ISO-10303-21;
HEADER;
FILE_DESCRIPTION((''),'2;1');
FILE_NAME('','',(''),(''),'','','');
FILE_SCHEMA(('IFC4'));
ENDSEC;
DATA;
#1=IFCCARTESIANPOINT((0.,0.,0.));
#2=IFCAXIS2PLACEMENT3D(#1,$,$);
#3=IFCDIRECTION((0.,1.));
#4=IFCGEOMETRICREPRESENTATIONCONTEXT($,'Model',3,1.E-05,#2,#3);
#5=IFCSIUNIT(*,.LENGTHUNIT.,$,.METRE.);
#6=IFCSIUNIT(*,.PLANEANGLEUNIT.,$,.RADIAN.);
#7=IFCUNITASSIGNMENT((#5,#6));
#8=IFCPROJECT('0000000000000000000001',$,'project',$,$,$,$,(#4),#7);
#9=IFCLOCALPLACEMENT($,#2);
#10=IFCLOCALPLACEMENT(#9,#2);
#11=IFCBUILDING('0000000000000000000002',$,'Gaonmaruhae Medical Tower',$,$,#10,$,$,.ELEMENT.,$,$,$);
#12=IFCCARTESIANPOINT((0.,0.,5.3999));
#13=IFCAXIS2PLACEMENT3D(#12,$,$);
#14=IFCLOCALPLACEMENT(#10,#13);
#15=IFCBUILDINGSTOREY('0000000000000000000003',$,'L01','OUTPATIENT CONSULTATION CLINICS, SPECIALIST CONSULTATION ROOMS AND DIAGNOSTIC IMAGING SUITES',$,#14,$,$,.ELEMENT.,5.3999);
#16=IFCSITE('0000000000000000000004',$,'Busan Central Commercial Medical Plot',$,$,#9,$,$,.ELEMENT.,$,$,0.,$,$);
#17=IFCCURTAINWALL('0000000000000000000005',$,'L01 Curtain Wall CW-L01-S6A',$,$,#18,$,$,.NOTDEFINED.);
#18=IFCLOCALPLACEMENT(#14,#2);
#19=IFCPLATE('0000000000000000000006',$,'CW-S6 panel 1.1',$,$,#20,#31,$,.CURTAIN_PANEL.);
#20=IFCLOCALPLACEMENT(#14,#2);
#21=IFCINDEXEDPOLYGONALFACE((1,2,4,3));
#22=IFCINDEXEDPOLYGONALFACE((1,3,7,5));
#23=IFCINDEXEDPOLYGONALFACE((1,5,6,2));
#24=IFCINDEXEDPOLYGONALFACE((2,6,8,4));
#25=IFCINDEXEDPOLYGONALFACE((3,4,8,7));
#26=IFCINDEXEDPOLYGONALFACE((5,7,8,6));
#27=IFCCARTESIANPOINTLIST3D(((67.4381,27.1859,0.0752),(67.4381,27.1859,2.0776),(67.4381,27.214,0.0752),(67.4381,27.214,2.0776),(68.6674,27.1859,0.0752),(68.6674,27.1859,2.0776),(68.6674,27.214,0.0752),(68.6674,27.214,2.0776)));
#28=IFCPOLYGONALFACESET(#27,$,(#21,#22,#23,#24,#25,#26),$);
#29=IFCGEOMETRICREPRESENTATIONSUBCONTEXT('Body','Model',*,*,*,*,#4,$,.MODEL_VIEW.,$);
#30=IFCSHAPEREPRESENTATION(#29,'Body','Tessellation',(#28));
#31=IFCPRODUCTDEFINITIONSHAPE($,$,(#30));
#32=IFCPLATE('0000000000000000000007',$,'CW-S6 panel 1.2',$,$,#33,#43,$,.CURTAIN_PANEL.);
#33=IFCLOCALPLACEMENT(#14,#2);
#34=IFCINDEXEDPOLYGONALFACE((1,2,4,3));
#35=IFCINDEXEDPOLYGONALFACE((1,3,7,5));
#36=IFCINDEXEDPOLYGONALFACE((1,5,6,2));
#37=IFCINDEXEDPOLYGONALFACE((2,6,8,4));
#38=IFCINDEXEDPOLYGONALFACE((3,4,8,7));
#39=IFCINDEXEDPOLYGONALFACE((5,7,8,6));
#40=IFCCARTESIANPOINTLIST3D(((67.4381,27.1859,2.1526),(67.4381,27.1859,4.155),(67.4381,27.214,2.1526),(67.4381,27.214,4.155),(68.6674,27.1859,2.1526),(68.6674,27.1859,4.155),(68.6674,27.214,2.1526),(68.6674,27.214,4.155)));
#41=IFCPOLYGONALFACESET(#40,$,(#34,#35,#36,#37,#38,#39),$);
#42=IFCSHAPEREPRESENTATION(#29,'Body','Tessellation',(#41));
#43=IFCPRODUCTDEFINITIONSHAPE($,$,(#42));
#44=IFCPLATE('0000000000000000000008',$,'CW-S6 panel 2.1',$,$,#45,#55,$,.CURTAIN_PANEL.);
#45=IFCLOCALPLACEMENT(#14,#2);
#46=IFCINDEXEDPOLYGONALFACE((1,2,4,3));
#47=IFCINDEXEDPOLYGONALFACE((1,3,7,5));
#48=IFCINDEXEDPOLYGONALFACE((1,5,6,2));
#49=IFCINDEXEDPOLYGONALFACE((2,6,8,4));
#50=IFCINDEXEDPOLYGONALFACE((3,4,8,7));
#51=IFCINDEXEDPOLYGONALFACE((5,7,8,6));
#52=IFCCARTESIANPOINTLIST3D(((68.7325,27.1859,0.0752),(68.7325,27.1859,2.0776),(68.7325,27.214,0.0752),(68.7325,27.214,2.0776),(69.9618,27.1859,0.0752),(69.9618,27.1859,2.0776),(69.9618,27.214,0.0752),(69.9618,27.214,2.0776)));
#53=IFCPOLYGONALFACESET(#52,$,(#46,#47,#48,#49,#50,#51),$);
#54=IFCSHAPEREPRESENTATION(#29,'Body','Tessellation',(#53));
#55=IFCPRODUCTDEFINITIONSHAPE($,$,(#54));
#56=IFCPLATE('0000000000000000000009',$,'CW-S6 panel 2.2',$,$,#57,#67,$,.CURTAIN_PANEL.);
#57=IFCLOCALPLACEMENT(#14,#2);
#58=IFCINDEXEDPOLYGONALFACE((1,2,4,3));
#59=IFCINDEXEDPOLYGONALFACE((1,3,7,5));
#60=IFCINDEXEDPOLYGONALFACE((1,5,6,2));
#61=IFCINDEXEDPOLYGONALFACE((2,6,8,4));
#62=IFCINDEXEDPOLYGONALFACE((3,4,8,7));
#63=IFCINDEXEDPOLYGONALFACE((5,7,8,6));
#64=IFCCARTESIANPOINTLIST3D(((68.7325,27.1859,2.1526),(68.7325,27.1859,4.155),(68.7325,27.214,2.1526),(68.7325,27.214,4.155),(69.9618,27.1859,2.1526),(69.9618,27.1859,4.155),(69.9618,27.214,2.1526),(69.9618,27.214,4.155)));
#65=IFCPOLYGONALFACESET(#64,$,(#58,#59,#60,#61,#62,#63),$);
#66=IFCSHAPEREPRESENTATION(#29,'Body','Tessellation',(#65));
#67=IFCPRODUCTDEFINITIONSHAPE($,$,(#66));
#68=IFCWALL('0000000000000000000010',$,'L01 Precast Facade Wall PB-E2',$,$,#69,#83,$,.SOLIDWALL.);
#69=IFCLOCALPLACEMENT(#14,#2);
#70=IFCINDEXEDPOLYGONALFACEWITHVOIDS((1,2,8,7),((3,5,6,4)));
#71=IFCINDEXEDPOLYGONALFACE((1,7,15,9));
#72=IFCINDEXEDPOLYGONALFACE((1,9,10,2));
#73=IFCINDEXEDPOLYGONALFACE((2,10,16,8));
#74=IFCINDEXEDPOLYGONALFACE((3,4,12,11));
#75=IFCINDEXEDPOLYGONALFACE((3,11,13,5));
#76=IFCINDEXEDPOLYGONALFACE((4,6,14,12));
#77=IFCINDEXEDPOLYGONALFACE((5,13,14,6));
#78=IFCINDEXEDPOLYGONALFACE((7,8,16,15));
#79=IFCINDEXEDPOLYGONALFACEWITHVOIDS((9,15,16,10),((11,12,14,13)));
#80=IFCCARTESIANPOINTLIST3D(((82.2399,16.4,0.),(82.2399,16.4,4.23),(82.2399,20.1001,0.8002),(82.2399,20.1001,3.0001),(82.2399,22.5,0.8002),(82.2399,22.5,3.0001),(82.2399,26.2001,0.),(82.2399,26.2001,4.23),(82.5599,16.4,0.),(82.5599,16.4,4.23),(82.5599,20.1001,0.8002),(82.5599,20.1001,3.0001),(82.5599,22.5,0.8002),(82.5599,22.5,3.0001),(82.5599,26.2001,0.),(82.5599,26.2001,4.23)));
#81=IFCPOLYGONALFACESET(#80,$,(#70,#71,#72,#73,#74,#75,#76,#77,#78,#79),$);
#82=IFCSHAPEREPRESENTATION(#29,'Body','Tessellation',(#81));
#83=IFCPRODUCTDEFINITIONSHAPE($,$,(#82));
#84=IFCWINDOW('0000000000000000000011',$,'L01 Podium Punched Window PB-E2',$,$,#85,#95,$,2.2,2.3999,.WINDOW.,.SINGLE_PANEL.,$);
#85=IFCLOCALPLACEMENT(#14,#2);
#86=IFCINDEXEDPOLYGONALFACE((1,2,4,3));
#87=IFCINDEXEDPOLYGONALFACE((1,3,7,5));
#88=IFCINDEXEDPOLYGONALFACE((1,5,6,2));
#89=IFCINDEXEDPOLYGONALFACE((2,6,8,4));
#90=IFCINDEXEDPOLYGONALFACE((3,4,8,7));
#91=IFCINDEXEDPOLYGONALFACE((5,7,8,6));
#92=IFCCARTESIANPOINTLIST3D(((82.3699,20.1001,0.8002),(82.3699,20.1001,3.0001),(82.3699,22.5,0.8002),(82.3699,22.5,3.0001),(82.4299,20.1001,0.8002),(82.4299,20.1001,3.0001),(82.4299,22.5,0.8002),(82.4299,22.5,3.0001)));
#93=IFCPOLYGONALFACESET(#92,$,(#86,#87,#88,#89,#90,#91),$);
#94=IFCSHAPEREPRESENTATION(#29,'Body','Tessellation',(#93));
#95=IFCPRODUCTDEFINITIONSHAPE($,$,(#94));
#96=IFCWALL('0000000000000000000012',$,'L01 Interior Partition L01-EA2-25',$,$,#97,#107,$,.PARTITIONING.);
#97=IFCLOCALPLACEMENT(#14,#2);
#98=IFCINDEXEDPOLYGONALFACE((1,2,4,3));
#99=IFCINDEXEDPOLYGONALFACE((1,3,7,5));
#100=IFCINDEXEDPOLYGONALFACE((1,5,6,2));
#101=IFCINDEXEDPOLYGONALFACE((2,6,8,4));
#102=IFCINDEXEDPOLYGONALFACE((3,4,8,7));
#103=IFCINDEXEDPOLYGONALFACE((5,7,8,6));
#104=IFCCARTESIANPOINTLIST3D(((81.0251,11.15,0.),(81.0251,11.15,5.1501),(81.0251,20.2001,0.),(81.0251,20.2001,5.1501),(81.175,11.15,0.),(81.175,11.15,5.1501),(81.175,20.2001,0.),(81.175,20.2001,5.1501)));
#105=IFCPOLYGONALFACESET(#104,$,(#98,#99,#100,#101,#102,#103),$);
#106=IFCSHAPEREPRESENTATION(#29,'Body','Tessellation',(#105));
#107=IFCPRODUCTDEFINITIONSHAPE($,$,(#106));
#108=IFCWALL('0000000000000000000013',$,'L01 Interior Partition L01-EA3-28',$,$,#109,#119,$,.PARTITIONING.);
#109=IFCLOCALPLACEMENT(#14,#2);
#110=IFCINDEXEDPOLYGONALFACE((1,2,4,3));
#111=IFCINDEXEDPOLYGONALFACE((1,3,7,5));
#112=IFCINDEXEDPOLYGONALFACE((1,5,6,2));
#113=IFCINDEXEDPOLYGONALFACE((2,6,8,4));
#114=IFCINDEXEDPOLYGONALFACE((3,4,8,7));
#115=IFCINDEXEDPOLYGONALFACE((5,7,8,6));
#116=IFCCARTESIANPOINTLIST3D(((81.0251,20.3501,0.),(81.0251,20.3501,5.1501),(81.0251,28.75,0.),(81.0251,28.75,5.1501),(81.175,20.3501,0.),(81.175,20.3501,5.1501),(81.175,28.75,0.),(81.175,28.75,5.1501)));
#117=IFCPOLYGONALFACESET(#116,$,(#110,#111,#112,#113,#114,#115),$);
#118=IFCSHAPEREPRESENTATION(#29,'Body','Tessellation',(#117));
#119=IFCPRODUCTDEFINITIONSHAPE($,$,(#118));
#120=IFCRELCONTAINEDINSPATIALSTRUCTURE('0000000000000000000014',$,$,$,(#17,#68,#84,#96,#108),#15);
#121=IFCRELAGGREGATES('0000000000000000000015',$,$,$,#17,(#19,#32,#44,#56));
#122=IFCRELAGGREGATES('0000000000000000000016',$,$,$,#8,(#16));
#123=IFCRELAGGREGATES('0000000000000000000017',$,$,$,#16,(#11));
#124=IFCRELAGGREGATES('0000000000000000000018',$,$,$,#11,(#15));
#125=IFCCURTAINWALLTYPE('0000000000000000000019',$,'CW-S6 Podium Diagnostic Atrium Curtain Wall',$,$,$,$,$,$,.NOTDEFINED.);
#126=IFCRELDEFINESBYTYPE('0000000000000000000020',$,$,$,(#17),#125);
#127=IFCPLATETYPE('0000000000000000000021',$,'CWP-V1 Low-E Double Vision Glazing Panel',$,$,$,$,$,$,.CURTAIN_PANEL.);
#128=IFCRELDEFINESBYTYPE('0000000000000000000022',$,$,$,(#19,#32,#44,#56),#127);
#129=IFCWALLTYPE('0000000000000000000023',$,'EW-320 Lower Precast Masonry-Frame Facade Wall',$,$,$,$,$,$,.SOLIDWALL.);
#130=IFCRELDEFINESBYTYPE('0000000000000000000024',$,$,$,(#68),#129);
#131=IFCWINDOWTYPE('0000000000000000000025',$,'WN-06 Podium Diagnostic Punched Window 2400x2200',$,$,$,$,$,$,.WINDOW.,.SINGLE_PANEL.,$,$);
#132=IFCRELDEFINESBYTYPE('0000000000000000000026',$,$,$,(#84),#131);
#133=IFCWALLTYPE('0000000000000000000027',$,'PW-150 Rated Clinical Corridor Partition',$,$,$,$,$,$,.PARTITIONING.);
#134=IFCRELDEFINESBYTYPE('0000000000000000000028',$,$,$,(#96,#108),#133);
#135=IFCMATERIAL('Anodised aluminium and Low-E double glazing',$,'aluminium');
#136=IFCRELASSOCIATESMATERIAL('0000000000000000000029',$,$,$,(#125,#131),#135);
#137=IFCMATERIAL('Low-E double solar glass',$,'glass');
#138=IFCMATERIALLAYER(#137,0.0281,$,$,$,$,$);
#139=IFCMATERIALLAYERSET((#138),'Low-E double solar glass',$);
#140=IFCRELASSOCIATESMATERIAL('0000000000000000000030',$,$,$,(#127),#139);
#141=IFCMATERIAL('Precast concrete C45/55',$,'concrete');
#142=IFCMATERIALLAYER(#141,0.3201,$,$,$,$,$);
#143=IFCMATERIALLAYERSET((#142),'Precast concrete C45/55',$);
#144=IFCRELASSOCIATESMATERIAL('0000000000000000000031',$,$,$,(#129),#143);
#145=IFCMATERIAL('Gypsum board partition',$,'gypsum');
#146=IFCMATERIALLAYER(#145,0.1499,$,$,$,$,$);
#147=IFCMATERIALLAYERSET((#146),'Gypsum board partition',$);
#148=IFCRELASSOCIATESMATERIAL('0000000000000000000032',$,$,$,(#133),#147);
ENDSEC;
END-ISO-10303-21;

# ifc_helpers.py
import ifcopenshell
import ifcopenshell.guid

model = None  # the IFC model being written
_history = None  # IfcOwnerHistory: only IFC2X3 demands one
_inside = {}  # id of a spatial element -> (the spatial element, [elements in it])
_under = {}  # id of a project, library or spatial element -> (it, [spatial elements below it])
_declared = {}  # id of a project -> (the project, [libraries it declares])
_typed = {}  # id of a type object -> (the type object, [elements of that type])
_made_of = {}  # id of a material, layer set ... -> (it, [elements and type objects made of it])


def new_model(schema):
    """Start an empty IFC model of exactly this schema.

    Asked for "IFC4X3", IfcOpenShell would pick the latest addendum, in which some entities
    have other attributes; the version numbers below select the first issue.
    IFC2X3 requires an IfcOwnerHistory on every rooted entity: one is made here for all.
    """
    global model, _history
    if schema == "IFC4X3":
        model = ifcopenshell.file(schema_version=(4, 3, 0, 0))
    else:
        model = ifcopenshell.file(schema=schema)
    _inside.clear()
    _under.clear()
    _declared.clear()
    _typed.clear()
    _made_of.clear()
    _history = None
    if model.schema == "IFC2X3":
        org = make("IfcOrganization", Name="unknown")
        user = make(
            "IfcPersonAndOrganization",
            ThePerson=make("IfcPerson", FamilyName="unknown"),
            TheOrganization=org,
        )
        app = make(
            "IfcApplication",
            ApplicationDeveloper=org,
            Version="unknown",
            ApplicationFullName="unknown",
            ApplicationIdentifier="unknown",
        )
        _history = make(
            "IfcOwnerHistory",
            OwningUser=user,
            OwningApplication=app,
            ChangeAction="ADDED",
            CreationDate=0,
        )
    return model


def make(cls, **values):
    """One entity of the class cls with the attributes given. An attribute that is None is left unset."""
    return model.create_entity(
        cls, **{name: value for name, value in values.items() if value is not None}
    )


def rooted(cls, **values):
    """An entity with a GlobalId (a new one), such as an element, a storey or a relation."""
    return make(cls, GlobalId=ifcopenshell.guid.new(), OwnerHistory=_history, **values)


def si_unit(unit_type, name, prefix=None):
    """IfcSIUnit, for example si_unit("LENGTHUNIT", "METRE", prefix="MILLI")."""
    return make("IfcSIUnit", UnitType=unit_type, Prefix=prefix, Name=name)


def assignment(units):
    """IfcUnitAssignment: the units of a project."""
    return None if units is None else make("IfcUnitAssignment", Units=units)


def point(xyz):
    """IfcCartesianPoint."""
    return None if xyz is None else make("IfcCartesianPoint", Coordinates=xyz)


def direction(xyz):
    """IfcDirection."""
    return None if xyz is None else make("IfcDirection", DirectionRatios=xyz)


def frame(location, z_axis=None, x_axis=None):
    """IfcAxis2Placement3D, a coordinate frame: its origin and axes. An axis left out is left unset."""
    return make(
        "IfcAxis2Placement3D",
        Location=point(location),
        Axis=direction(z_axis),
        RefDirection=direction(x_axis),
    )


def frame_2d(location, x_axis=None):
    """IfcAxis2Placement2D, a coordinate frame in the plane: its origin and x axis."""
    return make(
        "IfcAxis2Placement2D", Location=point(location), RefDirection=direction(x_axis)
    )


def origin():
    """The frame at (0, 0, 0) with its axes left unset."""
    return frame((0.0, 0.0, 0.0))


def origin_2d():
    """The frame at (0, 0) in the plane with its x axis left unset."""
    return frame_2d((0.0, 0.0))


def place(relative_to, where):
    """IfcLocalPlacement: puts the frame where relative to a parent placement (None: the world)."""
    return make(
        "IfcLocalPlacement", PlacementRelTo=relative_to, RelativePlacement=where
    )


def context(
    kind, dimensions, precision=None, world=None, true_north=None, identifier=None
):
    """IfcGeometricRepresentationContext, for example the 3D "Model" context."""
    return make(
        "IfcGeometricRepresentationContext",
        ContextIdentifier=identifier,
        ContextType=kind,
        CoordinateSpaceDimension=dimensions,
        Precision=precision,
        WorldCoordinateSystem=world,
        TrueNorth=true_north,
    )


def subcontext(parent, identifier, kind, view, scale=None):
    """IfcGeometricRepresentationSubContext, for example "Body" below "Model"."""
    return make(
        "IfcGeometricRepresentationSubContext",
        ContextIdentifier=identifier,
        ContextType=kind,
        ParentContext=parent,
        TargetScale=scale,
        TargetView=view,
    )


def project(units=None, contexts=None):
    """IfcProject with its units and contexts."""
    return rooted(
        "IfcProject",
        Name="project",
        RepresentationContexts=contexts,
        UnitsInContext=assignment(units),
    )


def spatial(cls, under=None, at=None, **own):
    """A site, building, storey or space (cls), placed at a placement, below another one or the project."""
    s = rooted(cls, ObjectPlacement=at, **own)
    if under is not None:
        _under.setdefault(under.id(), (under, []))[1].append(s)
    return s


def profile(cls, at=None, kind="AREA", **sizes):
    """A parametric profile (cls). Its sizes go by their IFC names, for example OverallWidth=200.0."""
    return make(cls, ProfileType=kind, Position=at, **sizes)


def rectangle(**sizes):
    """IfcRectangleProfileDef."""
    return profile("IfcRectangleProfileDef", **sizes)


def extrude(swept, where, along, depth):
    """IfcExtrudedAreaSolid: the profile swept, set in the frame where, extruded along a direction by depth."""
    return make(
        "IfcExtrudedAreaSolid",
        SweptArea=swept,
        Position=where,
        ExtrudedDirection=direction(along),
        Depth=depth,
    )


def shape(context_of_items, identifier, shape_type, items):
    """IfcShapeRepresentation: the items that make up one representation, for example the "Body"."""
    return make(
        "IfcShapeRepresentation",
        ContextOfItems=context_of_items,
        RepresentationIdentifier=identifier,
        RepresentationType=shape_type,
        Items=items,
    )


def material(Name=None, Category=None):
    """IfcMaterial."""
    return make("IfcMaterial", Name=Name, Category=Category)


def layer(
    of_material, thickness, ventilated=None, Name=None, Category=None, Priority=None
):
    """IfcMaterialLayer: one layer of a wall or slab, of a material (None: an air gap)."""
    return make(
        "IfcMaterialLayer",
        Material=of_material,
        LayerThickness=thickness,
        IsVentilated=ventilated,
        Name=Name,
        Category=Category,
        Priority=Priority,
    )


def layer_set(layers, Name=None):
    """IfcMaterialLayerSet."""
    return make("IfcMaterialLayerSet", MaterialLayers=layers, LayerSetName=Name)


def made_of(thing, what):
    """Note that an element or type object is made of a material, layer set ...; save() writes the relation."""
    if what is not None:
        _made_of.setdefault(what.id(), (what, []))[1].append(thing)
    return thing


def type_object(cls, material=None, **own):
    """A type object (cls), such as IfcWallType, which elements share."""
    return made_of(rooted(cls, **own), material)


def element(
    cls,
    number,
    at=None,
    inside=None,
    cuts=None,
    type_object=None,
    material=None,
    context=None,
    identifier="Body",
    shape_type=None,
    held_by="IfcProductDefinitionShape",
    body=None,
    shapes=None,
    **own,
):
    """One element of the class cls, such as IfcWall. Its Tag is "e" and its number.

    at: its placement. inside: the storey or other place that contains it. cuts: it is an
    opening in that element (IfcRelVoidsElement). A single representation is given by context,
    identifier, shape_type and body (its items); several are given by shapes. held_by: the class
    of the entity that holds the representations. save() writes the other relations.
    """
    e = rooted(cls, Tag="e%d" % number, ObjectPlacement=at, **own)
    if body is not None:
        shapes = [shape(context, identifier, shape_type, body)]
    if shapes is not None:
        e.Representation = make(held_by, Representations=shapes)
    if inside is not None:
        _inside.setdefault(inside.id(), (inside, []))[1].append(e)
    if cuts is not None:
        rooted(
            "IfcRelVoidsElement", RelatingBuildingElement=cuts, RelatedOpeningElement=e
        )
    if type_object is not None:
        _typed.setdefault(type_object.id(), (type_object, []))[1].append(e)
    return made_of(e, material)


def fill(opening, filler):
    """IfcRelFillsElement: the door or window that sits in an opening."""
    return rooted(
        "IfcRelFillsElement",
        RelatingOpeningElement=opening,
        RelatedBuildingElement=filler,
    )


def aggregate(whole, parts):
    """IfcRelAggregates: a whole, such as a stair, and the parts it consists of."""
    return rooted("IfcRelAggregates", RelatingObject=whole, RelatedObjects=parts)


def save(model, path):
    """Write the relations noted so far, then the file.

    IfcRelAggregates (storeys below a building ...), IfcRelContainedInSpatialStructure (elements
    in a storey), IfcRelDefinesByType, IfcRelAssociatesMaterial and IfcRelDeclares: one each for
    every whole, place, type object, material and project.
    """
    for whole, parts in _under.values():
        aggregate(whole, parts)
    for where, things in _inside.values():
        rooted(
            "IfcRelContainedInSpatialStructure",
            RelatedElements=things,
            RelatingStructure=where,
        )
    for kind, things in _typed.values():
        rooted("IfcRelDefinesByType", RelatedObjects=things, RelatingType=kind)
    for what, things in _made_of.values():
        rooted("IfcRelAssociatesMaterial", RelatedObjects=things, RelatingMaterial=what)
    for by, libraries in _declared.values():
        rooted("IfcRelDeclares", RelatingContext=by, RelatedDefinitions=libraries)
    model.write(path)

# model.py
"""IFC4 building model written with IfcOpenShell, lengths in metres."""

from ifc_helpers import new_model, si_unit, direction, frame, frame_2d, origin, origin_2d, place, context, subcontext, project, spatial, rectangle, extrude, material, layer, layer_set, type_object, element, fill, aggregate, save


model = new_model("IFC4")

# Units and contexts
model_context = context("Model", 3, precision=1e-05, world=origin(), true_north=direction((0.0, 1.0)))
body_context = subcontext(model_context, "Body", "Model", "MODEL_VIEW")
ifc_project = project(units=[si_unit("LENGTHUNIT", "METRE"), si_unit("PLANEANGLEUNIT", "RADIAN")], contexts=[model_context])

# Site, building, storey
site_placement = place(None, origin())
site = spatial("IfcSite", under=ifc_project, at=site_placement, Name="Busan Central Commercial Medical Plot", CompositionType="ELEMENT", RefElevation=0.0)
building_placement = place(site_placement, origin())
building = spatial("IfcBuilding", under=site, at=building_placement, Name="Gaonmaruhae Medical Tower", CompositionType="ELEMENT")
storey_placement = place(building_placement, frame((0.0, 0.0, 5.3999)))
storey = spatial("IfcBuildingStorey", under=building, at=storey_placement, Name="L01", Description="OUTPATIENT CONSULTATION CLINICS, SPECIALIST CONSULTATION ROOMS AND DIAGNOSTIC IMAGING SUITES", CompositionType="ELEMENT", Elevation=5.3999)

# Curtain wall
ifc_material_1 = material(Name="Anodised aluminium and Low-E double glazing", Category="aluminium")
curtain_wall_type = type_object("IfcCurtainWallType", Name="CW-S6 Podium Diagnostic Atrium Curtain Wall", PredefinedType="NOTDEFINED", material=ifc_material_1)
curtain_wall_placement = place(storey_placement, origin())
curtain_wall = element("IfcCurtainWall", 1, at=curtain_wall_placement, inside=storey, type_object=curtain_wall_type, Name="L01 Curtain Wall CW-L01-S6A", PredefinedType="NOTDEFINED")

# Plates
ifc_material_2 = material(Name="Low-E double solar glass", Category="glass")
ifc_layer_1 = layer(ifc_material_2, 0.0281)
ifc_layer_set_1 = layer_set([ifc_layer_1], Name="Low-E double solar glass")
plate_type = type_object("IfcPlateType", Name="CWP-V1 Low-E Double Vision Glazing Panel", PredefinedType="CURTAIN_PANEL", material=ifc_layer_set_1)
plate_1_placement = place(storey_placement, frame((68.0527, 27.2, 0.0752), z_axis=(0.0, 0.0, 1.0), x_axis=(1.0, 0.0, 0.0)))
plate_1 = element("IfcPlate", 2, at=plate_1_placement, type_object=plate_type, Name="CW-S6 panel 1.1", PredefinedType="CURTAIN_PANEL", context=body_context, shape_type="SweptSolid", body=[
    extrude(rectangle(XDim=1.2292, YDim=0.0281, at=origin_2d()), origin(), (0.0, 0.0, 1.0), 2.0024),
])
plate_2_placement = place(storey_placement, frame((68.0527, 27.2, 2.1526), z_axis=(0.0, 0.0, 1.0), x_axis=(1.0, 0.0, 0.0)))
plate_2 = element("IfcPlate", 3, at=plate_2_placement, type_object=plate_type, Name="CW-S6 panel 1.2", PredefinedType="CURTAIN_PANEL", context=body_context, shape_type="SweptSolid", body=[
    extrude(rectangle(XDim=1.2292, YDim=0.0281, at=origin_2d()), origin(), (0.0, 0.0, 1.0), 2.0024),
])
plate_3_placement = place(storey_placement, frame((69.3472, 27.2, 0.0752), z_axis=(0.0, 0.0, 1.0), x_axis=(1.0, 0.0, 0.0)))
plate_3 = element("IfcPlate", 4, at=plate_3_placement, type_object=plate_type, Name="CW-S6 panel 2.1", PredefinedType="CURTAIN_PANEL", context=body_context, shape_type="SweptSolid", body=[
    extrude(rectangle(XDim=1.2292, YDim=0.0281, at=origin_2d()), origin(), (0.0, 0.0, 1.0), 2.0024),
])
plate_4_placement = place(storey_placement, frame((69.3472, 27.2, 2.1526), z_axis=(0.0, 0.0, 1.0), x_axis=(1.0, 0.0, 0.0)))
plate_4 = element("IfcPlate", 5, at=plate_4_placement, type_object=plate_type, Name="CW-S6 panel 2.2", PredefinedType="CURTAIN_PANEL", context=body_context, shape_type="SweptSolid", body=[
    extrude(rectangle(XDim=1.2292, YDim=0.0281, at=origin_2d()), origin(), (0.0, 0.0, 1.0), 2.0024),
])
aggregate(curtain_wall, [plate_1, plate_2, plate_3, plate_4])

# Wall, opening, window
ifc_material_3 = material(Name="Precast concrete C45/55", Category="concrete")
ifc_layer_2 = layer(ifc_material_3, 0.3201)
ifc_layer_set_2 = layer_set([ifc_layer_2], Name="Precast concrete C45/55")
wall_type_1 = type_object("IfcWallType", Name="EW-320 Lower Precast Masonry-Frame Facade Wall", PredefinedType="SOLIDWALL", material=ifc_layer_set_2)
wall_1_placement = place(storey_placement, frame((82.3999, 26.2, 0.0), z_axis=(0.0, 0.0, 1.0), x_axis=(0.0, -1.0, 0.0)))
wall_1 = element("IfcWall", 6, at=wall_1_placement, inside=storey, type_object=wall_type_1, Name="L01 Precast Facade Wall PB-E2", PredefinedType="SOLIDWALL", context=body_context, shape_type="SweptSolid", body=[
    extrude(rectangle(XDim=9.8, YDim=0.3201, at=frame_2d((4.8999, 0.0))), origin(), (0.0, 0.0, 1.0), 4.23),
])
opening_placement = place(wall_1_placement, frame((3.7, 0.0, 0.8)))
opening = element("IfcOpeningElement", 7, at=opening_placement, cuts=wall_1, PredefinedType="OPENING", context=body_context, shape_type="SweptSolid", body=[
    extrude(rectangle(XDim=2.3999, YDim=2.2, at=frame_2d((1.2, 1.1001))), frame((0.0, 0.1699, 0.0), z_axis=(0.0, -1.0, 0.0), x_axis=(1.0, 0.0, 0.0)), (0.0, 0.0, 1.0), 0.3401),
])
window_type = type_object("IfcWindowType", Name="WN-06 Podium Diagnostic Punched Window 2400x2200", PartitioningType="SINGLE_PANEL", PredefinedType="WINDOW", material=ifc_material_1)
window_placement = place(opening_placement, origin())
window = element("IfcWindow", 8, at=window_placement, inside=storey, type_object=window_type, Name="L01 Podium Punched Window PB-E2", OverallHeight=2.2, OverallWidth=2.3999, PartitioningType="SINGLE_PANEL", PredefinedType="WINDOW", context=body_context, shape_type="SweptSolid", body=[
    extrude(rectangle(XDim=2.3999, YDim=2.2, at=frame_2d((1.2, 1.1001))), frame((0.0, 0.03, 0.0), z_axis=(0.0, -1.0, 0.0), x_axis=(1.0, 0.0, 0.0)), (0.0, 0.0, 1.0), 0.0601),
])
fill(opening, window)

# Walls
ifc_material_4 = material(Name="Gypsum board partition", Category="gypsum")
ifc_layer_3 = layer(ifc_material_4, 0.1499)
ifc_layer_set_3 = layer_set([ifc_layer_3], Name="Gypsum board partition")
wall_type_2 = type_object("IfcWallType", Name="PW-150 Rated Clinical Corridor Partition", PredefinedType="PARTITIONING", material=ifc_layer_set_3)
wall_2_placement = place(storey_placement, frame((81.1001, 20.2, 0.0), z_axis=(0.0, 0.0, 1.0), x_axis=(0.0, -1.0, 0.0)))
element("IfcWall", 9, at=wall_2_placement, inside=storey, type_object=wall_type_2, Name="L01 Interior Partition L01-EA2-25", PredefinedType="PARTITIONING", context=body_context, shape_type="SweptSolid", body=[
    extrude(rectangle(XDim=9.05, YDim=0.1499, at=frame_2d((4.5249, 0.0))), origin(), (0.0, 0.0, 1.0), 5.1501),
])
wall_3_placement = place(storey_placement, frame((81.1001, 28.75, 0.0), z_axis=(0.0, 0.0, 1.0), x_axis=(0.0, -1.0, 0.0)))
element("IfcWall", 10, at=wall_3_placement, inside=storey, type_object=wall_type_2, Name="L01 Interior Partition L01-EA3-28", PredefinedType="PARTITIONING", context=body_context, shape_type="SweptSolid", body=[
    extrude(rectangle(XDim=8.3999, YDim=0.1499, at=frame_2d((4.2, 0.0))), origin(), (0.0, 0.0, 1.0), 5.1501),
])

save(model, "model.ifc")
